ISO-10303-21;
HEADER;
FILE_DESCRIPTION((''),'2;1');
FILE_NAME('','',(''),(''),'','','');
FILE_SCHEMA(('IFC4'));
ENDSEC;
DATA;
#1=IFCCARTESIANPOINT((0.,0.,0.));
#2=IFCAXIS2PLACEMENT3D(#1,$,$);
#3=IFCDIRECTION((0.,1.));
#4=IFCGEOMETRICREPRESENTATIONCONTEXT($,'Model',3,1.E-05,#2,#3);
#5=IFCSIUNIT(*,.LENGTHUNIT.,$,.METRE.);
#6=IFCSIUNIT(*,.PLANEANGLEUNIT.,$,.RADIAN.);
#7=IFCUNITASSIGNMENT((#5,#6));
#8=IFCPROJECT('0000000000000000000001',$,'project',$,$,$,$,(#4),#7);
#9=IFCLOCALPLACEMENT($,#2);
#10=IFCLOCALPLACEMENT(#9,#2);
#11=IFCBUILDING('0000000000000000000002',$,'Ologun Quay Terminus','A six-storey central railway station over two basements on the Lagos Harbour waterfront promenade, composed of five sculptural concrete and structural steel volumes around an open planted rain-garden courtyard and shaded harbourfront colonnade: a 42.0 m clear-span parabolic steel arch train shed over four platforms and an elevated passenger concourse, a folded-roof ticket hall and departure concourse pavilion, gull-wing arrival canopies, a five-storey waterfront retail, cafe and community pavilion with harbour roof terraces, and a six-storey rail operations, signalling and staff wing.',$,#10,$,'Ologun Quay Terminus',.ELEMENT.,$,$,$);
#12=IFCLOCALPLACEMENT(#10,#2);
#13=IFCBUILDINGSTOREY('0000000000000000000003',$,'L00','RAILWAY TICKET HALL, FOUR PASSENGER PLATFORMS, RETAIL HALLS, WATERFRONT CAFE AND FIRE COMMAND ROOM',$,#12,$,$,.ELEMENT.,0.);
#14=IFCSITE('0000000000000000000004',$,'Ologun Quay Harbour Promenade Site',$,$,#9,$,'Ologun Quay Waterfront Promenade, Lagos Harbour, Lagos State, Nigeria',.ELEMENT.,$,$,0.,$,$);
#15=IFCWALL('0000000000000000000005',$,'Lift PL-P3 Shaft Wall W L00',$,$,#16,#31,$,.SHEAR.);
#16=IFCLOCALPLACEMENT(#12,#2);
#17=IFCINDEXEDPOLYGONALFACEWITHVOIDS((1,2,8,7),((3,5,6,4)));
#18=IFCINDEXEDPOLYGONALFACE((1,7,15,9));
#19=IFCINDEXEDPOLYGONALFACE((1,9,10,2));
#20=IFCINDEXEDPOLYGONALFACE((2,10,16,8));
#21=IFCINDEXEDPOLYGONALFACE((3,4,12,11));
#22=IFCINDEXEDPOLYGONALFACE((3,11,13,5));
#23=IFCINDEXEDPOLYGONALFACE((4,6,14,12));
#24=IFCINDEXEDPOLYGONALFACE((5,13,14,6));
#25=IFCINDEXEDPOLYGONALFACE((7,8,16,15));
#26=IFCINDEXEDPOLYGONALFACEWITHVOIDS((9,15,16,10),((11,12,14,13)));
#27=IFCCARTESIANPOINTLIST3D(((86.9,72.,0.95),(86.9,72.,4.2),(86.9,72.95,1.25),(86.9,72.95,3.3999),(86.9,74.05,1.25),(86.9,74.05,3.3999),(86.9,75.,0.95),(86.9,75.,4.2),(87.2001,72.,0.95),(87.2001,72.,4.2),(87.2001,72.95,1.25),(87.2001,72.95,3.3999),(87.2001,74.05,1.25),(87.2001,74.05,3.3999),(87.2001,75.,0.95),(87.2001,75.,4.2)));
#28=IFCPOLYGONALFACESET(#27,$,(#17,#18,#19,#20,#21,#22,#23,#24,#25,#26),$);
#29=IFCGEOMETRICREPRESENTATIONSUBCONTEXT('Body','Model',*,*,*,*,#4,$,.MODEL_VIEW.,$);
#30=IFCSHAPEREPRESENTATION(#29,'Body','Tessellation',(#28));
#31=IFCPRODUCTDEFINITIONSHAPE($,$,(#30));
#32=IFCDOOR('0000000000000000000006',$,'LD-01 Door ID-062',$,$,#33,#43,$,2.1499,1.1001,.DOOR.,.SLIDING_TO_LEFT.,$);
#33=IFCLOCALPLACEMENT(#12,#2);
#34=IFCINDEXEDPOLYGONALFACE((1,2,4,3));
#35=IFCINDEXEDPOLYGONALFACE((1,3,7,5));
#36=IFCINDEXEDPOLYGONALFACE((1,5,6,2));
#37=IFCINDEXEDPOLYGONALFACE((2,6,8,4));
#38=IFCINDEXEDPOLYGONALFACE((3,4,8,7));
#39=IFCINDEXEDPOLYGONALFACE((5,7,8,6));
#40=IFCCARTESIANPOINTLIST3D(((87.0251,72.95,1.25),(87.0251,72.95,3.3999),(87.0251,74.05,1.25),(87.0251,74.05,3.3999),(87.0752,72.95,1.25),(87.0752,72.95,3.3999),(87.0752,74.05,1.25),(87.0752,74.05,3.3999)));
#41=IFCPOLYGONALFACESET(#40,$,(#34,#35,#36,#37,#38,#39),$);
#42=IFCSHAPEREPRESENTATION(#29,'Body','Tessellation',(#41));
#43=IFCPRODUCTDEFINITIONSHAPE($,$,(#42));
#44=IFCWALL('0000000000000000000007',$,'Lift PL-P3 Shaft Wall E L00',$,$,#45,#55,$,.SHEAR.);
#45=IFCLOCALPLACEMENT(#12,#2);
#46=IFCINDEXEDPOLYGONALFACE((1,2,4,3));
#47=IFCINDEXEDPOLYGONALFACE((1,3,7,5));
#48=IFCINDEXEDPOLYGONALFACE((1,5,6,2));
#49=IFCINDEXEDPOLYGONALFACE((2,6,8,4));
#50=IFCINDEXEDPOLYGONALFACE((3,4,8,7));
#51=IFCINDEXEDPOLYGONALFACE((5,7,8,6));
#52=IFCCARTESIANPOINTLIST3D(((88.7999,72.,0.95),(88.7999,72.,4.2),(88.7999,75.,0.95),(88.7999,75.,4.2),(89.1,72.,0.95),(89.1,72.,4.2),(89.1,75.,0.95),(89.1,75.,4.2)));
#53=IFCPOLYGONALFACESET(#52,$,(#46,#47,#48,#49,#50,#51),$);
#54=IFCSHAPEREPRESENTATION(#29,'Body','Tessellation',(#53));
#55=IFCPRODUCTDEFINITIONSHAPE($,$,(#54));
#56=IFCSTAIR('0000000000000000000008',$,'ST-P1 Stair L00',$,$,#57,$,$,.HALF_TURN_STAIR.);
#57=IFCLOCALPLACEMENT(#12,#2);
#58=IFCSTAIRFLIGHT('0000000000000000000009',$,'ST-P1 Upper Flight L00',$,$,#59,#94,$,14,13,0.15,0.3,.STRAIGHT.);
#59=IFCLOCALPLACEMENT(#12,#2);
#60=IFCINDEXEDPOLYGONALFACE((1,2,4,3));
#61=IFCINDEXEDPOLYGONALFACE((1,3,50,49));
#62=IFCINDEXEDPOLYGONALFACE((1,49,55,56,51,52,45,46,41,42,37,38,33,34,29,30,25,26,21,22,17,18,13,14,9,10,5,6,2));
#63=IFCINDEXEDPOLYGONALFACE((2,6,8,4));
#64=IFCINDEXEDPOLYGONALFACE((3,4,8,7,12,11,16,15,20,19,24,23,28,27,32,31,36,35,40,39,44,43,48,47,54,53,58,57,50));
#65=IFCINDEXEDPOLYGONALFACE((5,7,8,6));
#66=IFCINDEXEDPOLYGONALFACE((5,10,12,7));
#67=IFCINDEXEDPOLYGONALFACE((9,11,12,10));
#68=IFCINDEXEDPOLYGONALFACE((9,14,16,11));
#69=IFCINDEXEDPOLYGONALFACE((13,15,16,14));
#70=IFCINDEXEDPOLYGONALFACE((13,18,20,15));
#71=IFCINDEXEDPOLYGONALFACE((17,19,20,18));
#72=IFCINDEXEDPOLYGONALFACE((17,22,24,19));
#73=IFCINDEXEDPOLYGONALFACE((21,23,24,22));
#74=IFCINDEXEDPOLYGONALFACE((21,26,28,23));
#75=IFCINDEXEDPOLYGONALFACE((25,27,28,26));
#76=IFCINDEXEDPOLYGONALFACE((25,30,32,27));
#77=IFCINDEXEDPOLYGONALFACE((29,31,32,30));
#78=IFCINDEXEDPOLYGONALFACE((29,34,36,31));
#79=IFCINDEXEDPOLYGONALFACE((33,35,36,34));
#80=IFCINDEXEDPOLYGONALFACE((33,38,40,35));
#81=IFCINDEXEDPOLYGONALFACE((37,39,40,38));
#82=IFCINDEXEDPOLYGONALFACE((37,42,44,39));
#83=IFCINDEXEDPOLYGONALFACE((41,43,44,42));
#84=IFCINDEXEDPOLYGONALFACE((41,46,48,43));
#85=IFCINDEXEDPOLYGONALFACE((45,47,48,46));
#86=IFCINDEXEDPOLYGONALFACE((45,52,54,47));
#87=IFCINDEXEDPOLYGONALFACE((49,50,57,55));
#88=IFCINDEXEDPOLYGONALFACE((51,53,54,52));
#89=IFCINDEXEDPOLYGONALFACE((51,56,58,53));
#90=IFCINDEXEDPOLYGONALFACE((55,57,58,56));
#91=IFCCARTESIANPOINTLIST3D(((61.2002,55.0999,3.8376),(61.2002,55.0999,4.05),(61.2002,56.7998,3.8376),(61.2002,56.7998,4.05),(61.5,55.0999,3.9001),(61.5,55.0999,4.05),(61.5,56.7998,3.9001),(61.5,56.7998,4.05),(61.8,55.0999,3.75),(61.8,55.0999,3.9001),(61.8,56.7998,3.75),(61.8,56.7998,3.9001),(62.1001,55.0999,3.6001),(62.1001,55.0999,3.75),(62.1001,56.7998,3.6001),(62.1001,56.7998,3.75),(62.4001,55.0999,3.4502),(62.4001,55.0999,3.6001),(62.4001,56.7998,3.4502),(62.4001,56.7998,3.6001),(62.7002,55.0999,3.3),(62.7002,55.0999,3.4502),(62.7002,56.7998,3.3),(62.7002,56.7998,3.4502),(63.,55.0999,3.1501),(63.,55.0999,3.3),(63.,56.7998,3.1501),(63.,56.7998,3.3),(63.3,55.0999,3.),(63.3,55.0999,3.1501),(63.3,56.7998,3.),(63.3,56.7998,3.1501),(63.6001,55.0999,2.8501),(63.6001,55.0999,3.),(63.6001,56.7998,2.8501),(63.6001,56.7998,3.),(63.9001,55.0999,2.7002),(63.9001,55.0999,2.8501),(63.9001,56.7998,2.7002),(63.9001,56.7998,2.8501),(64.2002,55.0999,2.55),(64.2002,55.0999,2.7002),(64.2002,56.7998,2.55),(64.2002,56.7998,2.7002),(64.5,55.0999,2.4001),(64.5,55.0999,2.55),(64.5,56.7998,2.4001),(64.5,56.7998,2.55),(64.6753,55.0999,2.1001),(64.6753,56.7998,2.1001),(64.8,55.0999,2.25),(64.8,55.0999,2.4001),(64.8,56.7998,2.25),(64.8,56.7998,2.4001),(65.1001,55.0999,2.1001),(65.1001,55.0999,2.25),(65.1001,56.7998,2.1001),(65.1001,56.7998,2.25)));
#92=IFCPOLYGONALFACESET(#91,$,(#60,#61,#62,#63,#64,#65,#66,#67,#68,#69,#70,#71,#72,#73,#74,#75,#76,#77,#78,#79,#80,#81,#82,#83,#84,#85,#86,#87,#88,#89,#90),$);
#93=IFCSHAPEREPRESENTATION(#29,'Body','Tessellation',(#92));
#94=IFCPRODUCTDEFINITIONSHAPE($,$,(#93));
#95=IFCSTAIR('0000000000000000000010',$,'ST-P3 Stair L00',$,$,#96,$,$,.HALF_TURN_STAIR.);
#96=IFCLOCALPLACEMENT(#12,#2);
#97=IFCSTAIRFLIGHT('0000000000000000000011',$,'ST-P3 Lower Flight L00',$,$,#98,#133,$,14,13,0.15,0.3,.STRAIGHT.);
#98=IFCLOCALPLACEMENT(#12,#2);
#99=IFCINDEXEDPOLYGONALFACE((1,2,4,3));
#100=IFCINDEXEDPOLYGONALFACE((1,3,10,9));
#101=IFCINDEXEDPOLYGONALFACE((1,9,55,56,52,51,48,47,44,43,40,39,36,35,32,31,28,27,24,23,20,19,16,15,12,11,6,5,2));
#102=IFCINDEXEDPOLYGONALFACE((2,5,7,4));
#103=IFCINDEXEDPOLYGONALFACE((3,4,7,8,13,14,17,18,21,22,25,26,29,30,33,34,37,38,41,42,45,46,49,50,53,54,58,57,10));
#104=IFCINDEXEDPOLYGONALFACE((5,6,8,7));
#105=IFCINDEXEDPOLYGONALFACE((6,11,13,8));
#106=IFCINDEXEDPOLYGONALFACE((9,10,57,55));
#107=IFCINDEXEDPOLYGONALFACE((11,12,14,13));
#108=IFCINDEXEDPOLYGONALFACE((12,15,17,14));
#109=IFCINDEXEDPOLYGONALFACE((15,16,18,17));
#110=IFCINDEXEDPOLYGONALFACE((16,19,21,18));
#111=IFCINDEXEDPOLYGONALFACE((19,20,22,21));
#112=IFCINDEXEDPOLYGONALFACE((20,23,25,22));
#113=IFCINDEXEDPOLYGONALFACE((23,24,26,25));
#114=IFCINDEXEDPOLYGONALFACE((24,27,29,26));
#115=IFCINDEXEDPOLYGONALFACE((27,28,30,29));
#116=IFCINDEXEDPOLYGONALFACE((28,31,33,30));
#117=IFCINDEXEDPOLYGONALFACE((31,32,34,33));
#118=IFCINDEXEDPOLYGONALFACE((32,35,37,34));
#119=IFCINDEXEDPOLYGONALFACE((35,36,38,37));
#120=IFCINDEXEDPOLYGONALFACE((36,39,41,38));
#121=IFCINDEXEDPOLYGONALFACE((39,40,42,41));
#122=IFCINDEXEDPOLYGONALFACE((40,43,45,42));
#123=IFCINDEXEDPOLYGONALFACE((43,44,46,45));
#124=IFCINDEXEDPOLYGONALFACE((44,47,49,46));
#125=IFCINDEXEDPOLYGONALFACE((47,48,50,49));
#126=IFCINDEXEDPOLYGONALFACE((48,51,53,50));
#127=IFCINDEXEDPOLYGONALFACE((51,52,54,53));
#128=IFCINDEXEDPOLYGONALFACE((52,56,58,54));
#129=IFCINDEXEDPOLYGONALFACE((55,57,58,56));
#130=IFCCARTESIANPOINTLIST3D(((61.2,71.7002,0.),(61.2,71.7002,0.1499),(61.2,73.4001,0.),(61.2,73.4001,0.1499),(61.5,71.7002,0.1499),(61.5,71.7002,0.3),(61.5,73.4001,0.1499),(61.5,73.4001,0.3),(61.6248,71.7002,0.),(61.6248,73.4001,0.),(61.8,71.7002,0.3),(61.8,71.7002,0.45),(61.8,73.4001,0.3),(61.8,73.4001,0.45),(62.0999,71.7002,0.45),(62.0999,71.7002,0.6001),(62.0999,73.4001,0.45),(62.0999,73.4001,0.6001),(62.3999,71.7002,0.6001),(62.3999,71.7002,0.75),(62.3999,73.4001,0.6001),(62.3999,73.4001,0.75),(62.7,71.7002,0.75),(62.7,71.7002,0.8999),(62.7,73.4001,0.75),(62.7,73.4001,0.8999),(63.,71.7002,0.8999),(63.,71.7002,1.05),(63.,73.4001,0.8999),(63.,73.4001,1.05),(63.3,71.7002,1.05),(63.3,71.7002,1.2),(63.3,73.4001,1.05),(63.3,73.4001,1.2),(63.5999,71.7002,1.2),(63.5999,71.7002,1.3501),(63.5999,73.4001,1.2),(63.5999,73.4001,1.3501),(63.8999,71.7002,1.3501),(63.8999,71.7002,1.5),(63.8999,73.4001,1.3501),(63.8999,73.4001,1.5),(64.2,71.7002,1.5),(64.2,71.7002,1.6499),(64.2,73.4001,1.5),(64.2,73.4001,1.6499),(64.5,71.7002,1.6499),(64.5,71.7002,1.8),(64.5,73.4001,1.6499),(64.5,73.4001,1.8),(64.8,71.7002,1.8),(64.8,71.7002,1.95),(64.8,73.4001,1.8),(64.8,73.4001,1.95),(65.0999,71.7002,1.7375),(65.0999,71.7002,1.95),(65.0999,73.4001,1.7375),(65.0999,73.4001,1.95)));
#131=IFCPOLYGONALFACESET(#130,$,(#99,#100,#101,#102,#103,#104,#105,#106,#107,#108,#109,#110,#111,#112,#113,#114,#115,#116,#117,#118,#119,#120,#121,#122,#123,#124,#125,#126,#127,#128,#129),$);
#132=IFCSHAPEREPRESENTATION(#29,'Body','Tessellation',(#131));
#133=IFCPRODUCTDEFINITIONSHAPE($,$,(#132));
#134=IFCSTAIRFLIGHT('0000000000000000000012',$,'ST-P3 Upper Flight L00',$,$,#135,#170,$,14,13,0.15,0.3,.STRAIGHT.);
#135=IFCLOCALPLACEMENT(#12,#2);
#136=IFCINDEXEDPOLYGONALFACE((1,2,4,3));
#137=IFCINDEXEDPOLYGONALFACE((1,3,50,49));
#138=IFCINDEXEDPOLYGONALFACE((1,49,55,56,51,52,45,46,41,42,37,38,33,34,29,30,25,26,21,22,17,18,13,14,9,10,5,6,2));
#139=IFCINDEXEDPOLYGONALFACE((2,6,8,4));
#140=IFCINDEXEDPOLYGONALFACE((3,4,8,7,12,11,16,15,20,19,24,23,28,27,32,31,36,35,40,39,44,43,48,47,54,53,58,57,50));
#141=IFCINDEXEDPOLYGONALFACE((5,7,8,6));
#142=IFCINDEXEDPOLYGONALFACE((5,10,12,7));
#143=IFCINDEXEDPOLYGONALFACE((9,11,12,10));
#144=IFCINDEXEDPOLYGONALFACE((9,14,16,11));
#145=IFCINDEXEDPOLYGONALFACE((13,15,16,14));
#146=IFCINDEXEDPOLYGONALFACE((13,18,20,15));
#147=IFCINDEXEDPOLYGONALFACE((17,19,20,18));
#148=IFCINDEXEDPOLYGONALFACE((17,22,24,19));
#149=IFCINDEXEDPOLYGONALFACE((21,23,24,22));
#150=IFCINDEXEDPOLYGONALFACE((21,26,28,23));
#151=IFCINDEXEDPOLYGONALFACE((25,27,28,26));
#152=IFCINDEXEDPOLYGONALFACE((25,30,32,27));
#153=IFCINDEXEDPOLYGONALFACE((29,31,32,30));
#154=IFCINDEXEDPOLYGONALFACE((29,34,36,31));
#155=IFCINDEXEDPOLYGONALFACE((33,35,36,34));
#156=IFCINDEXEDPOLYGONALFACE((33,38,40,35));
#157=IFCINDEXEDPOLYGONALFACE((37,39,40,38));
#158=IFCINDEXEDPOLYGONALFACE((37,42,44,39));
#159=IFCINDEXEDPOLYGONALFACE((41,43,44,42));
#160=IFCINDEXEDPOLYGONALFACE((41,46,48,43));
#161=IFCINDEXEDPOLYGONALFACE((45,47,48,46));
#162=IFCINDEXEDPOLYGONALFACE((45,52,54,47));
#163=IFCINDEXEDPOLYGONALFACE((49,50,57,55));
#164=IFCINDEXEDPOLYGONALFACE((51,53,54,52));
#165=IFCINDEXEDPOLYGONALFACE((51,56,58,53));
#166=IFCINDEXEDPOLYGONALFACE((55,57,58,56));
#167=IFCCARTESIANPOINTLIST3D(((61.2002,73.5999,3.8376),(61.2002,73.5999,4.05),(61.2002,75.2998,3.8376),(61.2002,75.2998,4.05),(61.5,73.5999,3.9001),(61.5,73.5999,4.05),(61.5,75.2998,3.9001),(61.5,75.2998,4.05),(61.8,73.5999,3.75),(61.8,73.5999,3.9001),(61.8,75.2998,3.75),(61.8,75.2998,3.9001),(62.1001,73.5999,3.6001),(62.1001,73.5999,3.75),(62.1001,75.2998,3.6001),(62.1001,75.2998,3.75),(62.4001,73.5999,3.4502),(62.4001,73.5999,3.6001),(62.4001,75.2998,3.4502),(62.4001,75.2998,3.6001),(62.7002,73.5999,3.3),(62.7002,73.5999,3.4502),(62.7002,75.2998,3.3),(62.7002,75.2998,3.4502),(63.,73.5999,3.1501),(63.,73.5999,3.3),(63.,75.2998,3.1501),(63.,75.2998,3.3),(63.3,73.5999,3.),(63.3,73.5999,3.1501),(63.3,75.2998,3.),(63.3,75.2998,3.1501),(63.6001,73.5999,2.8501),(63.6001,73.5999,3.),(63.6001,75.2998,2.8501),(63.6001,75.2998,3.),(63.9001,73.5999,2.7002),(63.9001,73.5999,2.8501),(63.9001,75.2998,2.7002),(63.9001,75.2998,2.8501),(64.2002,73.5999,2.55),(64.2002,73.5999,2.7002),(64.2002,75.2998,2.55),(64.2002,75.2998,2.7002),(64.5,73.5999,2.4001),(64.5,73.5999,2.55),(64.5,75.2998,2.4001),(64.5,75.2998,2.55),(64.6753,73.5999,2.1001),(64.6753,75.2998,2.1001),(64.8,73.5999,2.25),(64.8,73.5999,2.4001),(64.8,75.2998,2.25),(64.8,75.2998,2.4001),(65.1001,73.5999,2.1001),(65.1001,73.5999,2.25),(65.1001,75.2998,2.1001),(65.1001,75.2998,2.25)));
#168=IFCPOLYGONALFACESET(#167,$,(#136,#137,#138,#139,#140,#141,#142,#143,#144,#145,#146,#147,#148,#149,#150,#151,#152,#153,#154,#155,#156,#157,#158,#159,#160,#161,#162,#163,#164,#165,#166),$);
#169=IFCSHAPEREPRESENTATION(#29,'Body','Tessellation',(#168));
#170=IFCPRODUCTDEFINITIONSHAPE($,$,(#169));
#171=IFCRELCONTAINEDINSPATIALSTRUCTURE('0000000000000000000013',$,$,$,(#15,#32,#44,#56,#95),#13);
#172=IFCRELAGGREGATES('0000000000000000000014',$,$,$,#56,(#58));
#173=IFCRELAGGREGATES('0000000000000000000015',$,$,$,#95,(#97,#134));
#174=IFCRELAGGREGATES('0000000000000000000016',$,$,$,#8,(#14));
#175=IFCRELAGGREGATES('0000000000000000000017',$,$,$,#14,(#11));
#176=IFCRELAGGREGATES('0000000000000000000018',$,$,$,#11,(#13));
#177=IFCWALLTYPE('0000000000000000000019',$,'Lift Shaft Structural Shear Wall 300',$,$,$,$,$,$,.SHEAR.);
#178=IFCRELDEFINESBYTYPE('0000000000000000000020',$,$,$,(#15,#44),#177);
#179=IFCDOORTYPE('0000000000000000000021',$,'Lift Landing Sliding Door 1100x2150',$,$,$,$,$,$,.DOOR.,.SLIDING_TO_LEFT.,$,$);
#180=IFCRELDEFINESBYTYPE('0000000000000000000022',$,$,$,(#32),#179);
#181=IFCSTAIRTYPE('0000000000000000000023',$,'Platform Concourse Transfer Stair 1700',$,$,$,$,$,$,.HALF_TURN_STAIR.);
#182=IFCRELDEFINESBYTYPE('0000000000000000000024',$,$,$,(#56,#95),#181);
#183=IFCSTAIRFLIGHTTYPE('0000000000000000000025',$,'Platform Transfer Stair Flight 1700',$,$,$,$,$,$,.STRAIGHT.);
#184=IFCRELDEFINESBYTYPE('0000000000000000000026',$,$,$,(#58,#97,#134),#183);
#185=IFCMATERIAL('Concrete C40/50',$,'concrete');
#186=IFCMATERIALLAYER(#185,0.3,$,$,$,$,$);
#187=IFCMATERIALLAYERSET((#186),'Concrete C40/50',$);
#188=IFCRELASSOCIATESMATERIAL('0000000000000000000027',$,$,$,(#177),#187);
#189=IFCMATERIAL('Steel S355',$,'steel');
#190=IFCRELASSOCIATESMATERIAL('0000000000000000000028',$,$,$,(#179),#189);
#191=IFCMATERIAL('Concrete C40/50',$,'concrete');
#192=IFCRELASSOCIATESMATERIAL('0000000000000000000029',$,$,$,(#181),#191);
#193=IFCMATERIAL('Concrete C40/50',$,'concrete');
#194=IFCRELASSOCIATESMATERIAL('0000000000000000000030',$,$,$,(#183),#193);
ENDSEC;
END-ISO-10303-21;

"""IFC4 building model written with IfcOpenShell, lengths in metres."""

from ifc_helpers import new_model, si_unit, direction, frame, frame_2d, origin, place, context, subcontext, project, spatial, polyline, rectangle, outline, extrude, material, layer, layer_set, type_object, element, fill, aggregate, save


model = new_model("IFC4")

# Units and contexts
model_context = context("Model", 3, precision=1e-05, world=origin(), true_north=direction((0.0, 1.0)))
body_context = subcontext(model_context, "Body", "Model", "MODEL_VIEW")
ifc_project = project(units=[si_unit("LENGTHUNIT", "METRE"), si_unit("PLANEANGLEUNIT", "RADIAN")], contexts=[model_context])

# Site, building, storey
site_placement = place(None, origin())
site = spatial("IfcSite", under=ifc_project, at=site_placement, Name="Ologun Quay Harbour Promenade Site", LongName="Ologun Quay Waterfront Promenade, Lagos Harbour, Lagos State, Nigeria", CompositionType="ELEMENT", RefElevation=0.0)
building_placement = place(site_placement, origin())
building = spatial("IfcBuilding", under=site, at=building_placement, Name="Ologun Quay Terminus", Description="A six-storey central railway station over two basements on the Lagos Harbour waterfront promenade, composed of five sculptural concrete and structural steel volumes around an open planted rain-garden courtyard and shaded harbourfront colonnade: a 42.0 m clear-span parabolic steel arch train shed over four platforms and an elevated passenger concourse, a folded-roof ticket hall and departure concourse pavilion, gull-wing arrival canopies, a five-storey waterfront retail, cafe and community pavilion with harbour roof terraces, and a six-storey rail operations, signalling and staff wing.", LongName="Ologun Quay Terminus", CompositionType="ELEMENT")
storey_placement = place(building_placement, origin())
storey = spatial("IfcBuildingStorey", under=building, at=storey_placement, Name="L00", Description="RAILWAY TICKET HALL, FOUR PASSENGER PLATFORMS, RETAIL HALLS, WATERFRONT CAFE AND FIRE COMMAND ROOM", CompositionType="ELEMENT", Elevation=0.0)

# Shared definitions
ifc_material_1 = material(Name="Concrete C40/50", Category="concrete")
ifc_layer = layer(ifc_material_1, 0.3)
ifc_layer_set = layer_set([ifc_layer], Name="Concrete C40/50")
wall_type = type_object("IfcWallType", Name="Lift Shaft Structural Shear Wall 300", PredefinedType="SHEAR", material=ifc_layer_set)

# Wall, opening, door
wall_1_placement = place(storey_placement, frame((87.05, 72.0, 0.95), z_axis=(0.0, 0.0, 1.0), x_axis=(0.0, 1.0, 0.0)))
wall_1 = element("IfcWall", 1, at=wall_1_placement, inside=storey, type_object=wall_type, Name="Lift PL-P3 Shaft Wall W L00", PredefinedType="SHEAR", context=body_context, shape_type="SweptSolid", body=[
    extrude(rectangle(XDim=3.0, YDim=0.3, at=frame_2d((1.5, 0.0))), origin(), (0.0, 0.0, 1.0), 3.25),
])
opening_placement = place(wall_1_placement, frame((0.95, 0.0, 0.3)))
opening = element("IfcOpeningElement", 2, at=opening_placement, cuts=wall_1, PredefinedType="OPENING", context=body_context, shape_type="SweptSolid", body=[
    extrude(rectangle(XDim=1.1001, YDim=2.1499, at=frame_2d((0.55, 1.075))), frame((0.0, 0.1602, 0.0), z_axis=(0.0, -1.0, 0.0), x_axis=(1.0, 0.0, 0.0)), (0.0, 0.0, 1.0), 0.3201),
])
ifc_material_2 = material(Name="Steel S355", Category="steel")
door_type = type_object("IfcDoorType", Name="Lift Landing Sliding Door 1100x2150", OperationType="SLIDING_TO_LEFT", PredefinedType="DOOR", material=ifc_material_2)
door_placement = place(opening_placement, origin())
door = element("IfcDoor", 3, at=door_placement, inside=storey, type_object=door_type, Name="LD-01 Door ID-062", OperationType="SLIDING_TO_LEFT", OverallHeight=2.1499, OverallWidth=1.1001, PredefinedType="DOOR", context=body_context, shape_type="SweptSolid", body=[
    extrude(rectangle(XDim=1.1001, YDim=2.1499, at=frame_2d((0.55, 1.075))), frame((0.0, 0.0249, 0.0), z_axis=(0.0, -1.0, 0.0), x_axis=(1.0, 0.0, 0.0)), (0.0, 0.0, 1.0), 0.05),
])
fill(opening, door)

# Wall
wall_2_placement = place(storey_placement, frame((88.95, 72.0, 0.95), z_axis=(0.0, 0.0, 1.0), x_axis=(0.0, 1.0, 0.0)))
element("IfcWall", 4, at=wall_2_placement, inside=storey, type_object=wall_type, Name="Lift PL-P3 Shaft Wall E L00", PredefinedType="SHEAR", context=body_context, shape_type="SweptSolid", body=[
    extrude(rectangle(XDim=3.0, YDim=0.3, at=frame_2d((1.5, 0.0))), origin(), (0.0, 0.0, 1.0), 3.25),
])

# Stair, stair flight
ifc_material_3 = material(Name="Concrete C40/50", Category="concrete")
stair_type = type_object("IfcStairType", Name="Platform Concourse Transfer Stair 1700", PredefinedType="HALF_TURN_STAIR", material=ifc_material_3)
stair_1_placement = place(storey_placement, origin())
stair_1 = element("IfcStair", 5, at=stair_1_placement, inside=storey, type_object=stair_type, Name="ST-P1 Stair L00", PredefinedType="HALF_TURN_STAIR")
ifc_material_4 = material(Name="Concrete C40/50", Category="concrete")
stair_flight_type = type_object("IfcStairFlightType", Name="Platform Transfer Stair Flight 1700", PredefinedType="STRAIGHT", material=ifc_material_4)
stair_flight_1_placement = place(storey_placement, frame((65.1001, 55.95, 2.1001), z_axis=(0.0, 0.0, 1.0), x_axis=(-1.0, 0.0, 0.0)))
stair_flight_1 = element("IfcStairFlight", 6, at=stair_flight_1_placement, type_object=stair_flight_type, Name="ST-P1 Upper Flight L00", NumberOfRisers=14, NumberOfTreads=13, PredefinedType="STRAIGHT", RiserHeight=0.15, TreadLength=0.3, context=body_context, shape_type="SweptSolid", body=[
    extrude(outline(polyline([(0.0, 0.0), (0.0, 0.1499), (0.3, 0.1499), (0.3, 0.3), (0.6001, 0.3), (0.6001, 0.45), (0.8999, 0.45), (0.8999, 0.6001), (1.2, 0.6001), (1.2, 0.75), (1.5, 0.75), (1.5, 0.8999), (1.8, 0.8999), (1.8, 1.05), (2.1001, 1.05), (2.1001, 1.2), (2.3999, 1.2), (2.3999, 1.3501), (2.7, 1.3501), (2.7, 1.5), (3.0, 1.5), (3.0, 1.6499), (3.3, 1.6499), (3.3, 1.8), (3.6001, 1.8), (3.6001, 1.95), (3.8999, 1.95), (3.8999, 2.1001), (3.8999, 1.7375), (0.4248, 0.0), (0.0, 0.0)])), frame((0.0, 0.8501, 0.0), z_axis=(0.0, -1.0, 0.0), x_axis=(1.0, 0.0, 0.0)), (0.0, 0.0, 1.0), 1.7),
])
aggregate(stair_1, [stair_flight_1])

# Stair, stair flights
stair_2_placement = place(storey_placement, origin())
stair_2 = element("IfcStair", 7, at=stair_2_placement, inside=storey, type_object=stair_type, Name="ST-P3 Stair L00", PredefinedType="HALF_TURN_STAIR")
stair_flight_2_placement = place(storey_placement, frame((61.2, 72.55, 0.0), z_axis=(0.0, 0.0, 1.0), x_axis=(1.0, 0.0, 0.0)))
stair_flight_2 = element("IfcStairFlight", 8, at=stair_flight_2_placement, type_object=stair_flight_type, Name="ST-P3 Lower Flight L00", NumberOfRisers=14, NumberOfTreads=13, PredefinedType="STRAIGHT", RiserHeight=0.15, TreadLength=0.3, context=body_context, shape_type="SweptSolid", body=[
    extrude(outline(polyline([(0.0, 0.0), (0.0, 0.1499), (0.3, 0.1499), (0.3, 0.3), (0.6001, 0.3), (0.6001, 0.45), (0.8999, 0.45), (0.8999, 0.6001), (1.2, 0.6001), (1.2, 0.75), (1.5, 0.75), (1.5, 0.8999), (1.8, 0.8999), (1.8, 1.05), (2.1001, 1.05), (2.1001, 1.2), (2.3999, 1.2), (2.3999, 1.3501), (2.7, 1.3501), (2.7, 1.5), (3.0, 1.5), (3.0, 1.6499), (3.3, 1.6499), (3.3, 1.8), (3.6001, 1.8), (3.6001, 1.95), (3.8999, 1.95), (3.8999, 2.1001), (3.8999, 1.7375), (0.4248, 0.0), (0.0, 0.0)])), frame((0.0, 0.8501, 0.0), z_axis=(0.0, -1.0, 0.0), x_axis=(1.0, 0.0, 0.0)), (0.0, 0.0, 1.0), 1.7),
])
stair_flight_3_placement = place(storey_placement, frame((65.1001, 74.45, 2.1001), z_axis=(0.0, 0.0, 1.0), x_axis=(-1.0, 0.0, 0.0)))
stair_flight_3 = element("IfcStairFlight", 9, at=stair_flight_3_placement, type_object=stair_flight_type, Name="ST-P3 Upper Flight L00", NumberOfRisers=14, NumberOfTreads=13, PredefinedType="STRAIGHT", RiserHeight=0.15, TreadLength=0.3, context=body_context, shape_type="SweptSolid", body=[
    extrude(outline(polyline([(0.0, 0.0), (0.0, 0.1499), (0.3, 0.1499), (0.3, 0.3), (0.6001, 0.3), (0.6001, 0.45), (0.8999, 0.45), (0.8999, 0.6001), (1.2, 0.6001), (1.2, 0.75), (1.5, 0.75), (1.5, 0.8999), (1.8, 0.8999), (1.8, 1.05), (2.1001, 1.05), (2.1001, 1.2), (2.3999, 1.2), (2.3999, 1.3501), (2.7, 1.3501), (2.7, 1.5), (3.0, 1.5), (3.0, 1.6499), (3.3, 1.6499), (3.3, 1.8), (3.6001, 1.8), (3.6001, 1.95), (3.8999, 1.95), (3.8999, 2.1001), (3.8999, 1.7375), (0.4248, 0.0), (0.0, 0.0)])), frame((0.0, 0.8501, 0.0), z_axis=(0.0, -1.0, 0.0), x_axis=(1.0, 0.0, 0.0)), (0.0, 0.0, 1.0), 1.7),
])
aggregate(stair_2, [stair_flight_2, stair_flight_3])

save(model, "model.ifc")
